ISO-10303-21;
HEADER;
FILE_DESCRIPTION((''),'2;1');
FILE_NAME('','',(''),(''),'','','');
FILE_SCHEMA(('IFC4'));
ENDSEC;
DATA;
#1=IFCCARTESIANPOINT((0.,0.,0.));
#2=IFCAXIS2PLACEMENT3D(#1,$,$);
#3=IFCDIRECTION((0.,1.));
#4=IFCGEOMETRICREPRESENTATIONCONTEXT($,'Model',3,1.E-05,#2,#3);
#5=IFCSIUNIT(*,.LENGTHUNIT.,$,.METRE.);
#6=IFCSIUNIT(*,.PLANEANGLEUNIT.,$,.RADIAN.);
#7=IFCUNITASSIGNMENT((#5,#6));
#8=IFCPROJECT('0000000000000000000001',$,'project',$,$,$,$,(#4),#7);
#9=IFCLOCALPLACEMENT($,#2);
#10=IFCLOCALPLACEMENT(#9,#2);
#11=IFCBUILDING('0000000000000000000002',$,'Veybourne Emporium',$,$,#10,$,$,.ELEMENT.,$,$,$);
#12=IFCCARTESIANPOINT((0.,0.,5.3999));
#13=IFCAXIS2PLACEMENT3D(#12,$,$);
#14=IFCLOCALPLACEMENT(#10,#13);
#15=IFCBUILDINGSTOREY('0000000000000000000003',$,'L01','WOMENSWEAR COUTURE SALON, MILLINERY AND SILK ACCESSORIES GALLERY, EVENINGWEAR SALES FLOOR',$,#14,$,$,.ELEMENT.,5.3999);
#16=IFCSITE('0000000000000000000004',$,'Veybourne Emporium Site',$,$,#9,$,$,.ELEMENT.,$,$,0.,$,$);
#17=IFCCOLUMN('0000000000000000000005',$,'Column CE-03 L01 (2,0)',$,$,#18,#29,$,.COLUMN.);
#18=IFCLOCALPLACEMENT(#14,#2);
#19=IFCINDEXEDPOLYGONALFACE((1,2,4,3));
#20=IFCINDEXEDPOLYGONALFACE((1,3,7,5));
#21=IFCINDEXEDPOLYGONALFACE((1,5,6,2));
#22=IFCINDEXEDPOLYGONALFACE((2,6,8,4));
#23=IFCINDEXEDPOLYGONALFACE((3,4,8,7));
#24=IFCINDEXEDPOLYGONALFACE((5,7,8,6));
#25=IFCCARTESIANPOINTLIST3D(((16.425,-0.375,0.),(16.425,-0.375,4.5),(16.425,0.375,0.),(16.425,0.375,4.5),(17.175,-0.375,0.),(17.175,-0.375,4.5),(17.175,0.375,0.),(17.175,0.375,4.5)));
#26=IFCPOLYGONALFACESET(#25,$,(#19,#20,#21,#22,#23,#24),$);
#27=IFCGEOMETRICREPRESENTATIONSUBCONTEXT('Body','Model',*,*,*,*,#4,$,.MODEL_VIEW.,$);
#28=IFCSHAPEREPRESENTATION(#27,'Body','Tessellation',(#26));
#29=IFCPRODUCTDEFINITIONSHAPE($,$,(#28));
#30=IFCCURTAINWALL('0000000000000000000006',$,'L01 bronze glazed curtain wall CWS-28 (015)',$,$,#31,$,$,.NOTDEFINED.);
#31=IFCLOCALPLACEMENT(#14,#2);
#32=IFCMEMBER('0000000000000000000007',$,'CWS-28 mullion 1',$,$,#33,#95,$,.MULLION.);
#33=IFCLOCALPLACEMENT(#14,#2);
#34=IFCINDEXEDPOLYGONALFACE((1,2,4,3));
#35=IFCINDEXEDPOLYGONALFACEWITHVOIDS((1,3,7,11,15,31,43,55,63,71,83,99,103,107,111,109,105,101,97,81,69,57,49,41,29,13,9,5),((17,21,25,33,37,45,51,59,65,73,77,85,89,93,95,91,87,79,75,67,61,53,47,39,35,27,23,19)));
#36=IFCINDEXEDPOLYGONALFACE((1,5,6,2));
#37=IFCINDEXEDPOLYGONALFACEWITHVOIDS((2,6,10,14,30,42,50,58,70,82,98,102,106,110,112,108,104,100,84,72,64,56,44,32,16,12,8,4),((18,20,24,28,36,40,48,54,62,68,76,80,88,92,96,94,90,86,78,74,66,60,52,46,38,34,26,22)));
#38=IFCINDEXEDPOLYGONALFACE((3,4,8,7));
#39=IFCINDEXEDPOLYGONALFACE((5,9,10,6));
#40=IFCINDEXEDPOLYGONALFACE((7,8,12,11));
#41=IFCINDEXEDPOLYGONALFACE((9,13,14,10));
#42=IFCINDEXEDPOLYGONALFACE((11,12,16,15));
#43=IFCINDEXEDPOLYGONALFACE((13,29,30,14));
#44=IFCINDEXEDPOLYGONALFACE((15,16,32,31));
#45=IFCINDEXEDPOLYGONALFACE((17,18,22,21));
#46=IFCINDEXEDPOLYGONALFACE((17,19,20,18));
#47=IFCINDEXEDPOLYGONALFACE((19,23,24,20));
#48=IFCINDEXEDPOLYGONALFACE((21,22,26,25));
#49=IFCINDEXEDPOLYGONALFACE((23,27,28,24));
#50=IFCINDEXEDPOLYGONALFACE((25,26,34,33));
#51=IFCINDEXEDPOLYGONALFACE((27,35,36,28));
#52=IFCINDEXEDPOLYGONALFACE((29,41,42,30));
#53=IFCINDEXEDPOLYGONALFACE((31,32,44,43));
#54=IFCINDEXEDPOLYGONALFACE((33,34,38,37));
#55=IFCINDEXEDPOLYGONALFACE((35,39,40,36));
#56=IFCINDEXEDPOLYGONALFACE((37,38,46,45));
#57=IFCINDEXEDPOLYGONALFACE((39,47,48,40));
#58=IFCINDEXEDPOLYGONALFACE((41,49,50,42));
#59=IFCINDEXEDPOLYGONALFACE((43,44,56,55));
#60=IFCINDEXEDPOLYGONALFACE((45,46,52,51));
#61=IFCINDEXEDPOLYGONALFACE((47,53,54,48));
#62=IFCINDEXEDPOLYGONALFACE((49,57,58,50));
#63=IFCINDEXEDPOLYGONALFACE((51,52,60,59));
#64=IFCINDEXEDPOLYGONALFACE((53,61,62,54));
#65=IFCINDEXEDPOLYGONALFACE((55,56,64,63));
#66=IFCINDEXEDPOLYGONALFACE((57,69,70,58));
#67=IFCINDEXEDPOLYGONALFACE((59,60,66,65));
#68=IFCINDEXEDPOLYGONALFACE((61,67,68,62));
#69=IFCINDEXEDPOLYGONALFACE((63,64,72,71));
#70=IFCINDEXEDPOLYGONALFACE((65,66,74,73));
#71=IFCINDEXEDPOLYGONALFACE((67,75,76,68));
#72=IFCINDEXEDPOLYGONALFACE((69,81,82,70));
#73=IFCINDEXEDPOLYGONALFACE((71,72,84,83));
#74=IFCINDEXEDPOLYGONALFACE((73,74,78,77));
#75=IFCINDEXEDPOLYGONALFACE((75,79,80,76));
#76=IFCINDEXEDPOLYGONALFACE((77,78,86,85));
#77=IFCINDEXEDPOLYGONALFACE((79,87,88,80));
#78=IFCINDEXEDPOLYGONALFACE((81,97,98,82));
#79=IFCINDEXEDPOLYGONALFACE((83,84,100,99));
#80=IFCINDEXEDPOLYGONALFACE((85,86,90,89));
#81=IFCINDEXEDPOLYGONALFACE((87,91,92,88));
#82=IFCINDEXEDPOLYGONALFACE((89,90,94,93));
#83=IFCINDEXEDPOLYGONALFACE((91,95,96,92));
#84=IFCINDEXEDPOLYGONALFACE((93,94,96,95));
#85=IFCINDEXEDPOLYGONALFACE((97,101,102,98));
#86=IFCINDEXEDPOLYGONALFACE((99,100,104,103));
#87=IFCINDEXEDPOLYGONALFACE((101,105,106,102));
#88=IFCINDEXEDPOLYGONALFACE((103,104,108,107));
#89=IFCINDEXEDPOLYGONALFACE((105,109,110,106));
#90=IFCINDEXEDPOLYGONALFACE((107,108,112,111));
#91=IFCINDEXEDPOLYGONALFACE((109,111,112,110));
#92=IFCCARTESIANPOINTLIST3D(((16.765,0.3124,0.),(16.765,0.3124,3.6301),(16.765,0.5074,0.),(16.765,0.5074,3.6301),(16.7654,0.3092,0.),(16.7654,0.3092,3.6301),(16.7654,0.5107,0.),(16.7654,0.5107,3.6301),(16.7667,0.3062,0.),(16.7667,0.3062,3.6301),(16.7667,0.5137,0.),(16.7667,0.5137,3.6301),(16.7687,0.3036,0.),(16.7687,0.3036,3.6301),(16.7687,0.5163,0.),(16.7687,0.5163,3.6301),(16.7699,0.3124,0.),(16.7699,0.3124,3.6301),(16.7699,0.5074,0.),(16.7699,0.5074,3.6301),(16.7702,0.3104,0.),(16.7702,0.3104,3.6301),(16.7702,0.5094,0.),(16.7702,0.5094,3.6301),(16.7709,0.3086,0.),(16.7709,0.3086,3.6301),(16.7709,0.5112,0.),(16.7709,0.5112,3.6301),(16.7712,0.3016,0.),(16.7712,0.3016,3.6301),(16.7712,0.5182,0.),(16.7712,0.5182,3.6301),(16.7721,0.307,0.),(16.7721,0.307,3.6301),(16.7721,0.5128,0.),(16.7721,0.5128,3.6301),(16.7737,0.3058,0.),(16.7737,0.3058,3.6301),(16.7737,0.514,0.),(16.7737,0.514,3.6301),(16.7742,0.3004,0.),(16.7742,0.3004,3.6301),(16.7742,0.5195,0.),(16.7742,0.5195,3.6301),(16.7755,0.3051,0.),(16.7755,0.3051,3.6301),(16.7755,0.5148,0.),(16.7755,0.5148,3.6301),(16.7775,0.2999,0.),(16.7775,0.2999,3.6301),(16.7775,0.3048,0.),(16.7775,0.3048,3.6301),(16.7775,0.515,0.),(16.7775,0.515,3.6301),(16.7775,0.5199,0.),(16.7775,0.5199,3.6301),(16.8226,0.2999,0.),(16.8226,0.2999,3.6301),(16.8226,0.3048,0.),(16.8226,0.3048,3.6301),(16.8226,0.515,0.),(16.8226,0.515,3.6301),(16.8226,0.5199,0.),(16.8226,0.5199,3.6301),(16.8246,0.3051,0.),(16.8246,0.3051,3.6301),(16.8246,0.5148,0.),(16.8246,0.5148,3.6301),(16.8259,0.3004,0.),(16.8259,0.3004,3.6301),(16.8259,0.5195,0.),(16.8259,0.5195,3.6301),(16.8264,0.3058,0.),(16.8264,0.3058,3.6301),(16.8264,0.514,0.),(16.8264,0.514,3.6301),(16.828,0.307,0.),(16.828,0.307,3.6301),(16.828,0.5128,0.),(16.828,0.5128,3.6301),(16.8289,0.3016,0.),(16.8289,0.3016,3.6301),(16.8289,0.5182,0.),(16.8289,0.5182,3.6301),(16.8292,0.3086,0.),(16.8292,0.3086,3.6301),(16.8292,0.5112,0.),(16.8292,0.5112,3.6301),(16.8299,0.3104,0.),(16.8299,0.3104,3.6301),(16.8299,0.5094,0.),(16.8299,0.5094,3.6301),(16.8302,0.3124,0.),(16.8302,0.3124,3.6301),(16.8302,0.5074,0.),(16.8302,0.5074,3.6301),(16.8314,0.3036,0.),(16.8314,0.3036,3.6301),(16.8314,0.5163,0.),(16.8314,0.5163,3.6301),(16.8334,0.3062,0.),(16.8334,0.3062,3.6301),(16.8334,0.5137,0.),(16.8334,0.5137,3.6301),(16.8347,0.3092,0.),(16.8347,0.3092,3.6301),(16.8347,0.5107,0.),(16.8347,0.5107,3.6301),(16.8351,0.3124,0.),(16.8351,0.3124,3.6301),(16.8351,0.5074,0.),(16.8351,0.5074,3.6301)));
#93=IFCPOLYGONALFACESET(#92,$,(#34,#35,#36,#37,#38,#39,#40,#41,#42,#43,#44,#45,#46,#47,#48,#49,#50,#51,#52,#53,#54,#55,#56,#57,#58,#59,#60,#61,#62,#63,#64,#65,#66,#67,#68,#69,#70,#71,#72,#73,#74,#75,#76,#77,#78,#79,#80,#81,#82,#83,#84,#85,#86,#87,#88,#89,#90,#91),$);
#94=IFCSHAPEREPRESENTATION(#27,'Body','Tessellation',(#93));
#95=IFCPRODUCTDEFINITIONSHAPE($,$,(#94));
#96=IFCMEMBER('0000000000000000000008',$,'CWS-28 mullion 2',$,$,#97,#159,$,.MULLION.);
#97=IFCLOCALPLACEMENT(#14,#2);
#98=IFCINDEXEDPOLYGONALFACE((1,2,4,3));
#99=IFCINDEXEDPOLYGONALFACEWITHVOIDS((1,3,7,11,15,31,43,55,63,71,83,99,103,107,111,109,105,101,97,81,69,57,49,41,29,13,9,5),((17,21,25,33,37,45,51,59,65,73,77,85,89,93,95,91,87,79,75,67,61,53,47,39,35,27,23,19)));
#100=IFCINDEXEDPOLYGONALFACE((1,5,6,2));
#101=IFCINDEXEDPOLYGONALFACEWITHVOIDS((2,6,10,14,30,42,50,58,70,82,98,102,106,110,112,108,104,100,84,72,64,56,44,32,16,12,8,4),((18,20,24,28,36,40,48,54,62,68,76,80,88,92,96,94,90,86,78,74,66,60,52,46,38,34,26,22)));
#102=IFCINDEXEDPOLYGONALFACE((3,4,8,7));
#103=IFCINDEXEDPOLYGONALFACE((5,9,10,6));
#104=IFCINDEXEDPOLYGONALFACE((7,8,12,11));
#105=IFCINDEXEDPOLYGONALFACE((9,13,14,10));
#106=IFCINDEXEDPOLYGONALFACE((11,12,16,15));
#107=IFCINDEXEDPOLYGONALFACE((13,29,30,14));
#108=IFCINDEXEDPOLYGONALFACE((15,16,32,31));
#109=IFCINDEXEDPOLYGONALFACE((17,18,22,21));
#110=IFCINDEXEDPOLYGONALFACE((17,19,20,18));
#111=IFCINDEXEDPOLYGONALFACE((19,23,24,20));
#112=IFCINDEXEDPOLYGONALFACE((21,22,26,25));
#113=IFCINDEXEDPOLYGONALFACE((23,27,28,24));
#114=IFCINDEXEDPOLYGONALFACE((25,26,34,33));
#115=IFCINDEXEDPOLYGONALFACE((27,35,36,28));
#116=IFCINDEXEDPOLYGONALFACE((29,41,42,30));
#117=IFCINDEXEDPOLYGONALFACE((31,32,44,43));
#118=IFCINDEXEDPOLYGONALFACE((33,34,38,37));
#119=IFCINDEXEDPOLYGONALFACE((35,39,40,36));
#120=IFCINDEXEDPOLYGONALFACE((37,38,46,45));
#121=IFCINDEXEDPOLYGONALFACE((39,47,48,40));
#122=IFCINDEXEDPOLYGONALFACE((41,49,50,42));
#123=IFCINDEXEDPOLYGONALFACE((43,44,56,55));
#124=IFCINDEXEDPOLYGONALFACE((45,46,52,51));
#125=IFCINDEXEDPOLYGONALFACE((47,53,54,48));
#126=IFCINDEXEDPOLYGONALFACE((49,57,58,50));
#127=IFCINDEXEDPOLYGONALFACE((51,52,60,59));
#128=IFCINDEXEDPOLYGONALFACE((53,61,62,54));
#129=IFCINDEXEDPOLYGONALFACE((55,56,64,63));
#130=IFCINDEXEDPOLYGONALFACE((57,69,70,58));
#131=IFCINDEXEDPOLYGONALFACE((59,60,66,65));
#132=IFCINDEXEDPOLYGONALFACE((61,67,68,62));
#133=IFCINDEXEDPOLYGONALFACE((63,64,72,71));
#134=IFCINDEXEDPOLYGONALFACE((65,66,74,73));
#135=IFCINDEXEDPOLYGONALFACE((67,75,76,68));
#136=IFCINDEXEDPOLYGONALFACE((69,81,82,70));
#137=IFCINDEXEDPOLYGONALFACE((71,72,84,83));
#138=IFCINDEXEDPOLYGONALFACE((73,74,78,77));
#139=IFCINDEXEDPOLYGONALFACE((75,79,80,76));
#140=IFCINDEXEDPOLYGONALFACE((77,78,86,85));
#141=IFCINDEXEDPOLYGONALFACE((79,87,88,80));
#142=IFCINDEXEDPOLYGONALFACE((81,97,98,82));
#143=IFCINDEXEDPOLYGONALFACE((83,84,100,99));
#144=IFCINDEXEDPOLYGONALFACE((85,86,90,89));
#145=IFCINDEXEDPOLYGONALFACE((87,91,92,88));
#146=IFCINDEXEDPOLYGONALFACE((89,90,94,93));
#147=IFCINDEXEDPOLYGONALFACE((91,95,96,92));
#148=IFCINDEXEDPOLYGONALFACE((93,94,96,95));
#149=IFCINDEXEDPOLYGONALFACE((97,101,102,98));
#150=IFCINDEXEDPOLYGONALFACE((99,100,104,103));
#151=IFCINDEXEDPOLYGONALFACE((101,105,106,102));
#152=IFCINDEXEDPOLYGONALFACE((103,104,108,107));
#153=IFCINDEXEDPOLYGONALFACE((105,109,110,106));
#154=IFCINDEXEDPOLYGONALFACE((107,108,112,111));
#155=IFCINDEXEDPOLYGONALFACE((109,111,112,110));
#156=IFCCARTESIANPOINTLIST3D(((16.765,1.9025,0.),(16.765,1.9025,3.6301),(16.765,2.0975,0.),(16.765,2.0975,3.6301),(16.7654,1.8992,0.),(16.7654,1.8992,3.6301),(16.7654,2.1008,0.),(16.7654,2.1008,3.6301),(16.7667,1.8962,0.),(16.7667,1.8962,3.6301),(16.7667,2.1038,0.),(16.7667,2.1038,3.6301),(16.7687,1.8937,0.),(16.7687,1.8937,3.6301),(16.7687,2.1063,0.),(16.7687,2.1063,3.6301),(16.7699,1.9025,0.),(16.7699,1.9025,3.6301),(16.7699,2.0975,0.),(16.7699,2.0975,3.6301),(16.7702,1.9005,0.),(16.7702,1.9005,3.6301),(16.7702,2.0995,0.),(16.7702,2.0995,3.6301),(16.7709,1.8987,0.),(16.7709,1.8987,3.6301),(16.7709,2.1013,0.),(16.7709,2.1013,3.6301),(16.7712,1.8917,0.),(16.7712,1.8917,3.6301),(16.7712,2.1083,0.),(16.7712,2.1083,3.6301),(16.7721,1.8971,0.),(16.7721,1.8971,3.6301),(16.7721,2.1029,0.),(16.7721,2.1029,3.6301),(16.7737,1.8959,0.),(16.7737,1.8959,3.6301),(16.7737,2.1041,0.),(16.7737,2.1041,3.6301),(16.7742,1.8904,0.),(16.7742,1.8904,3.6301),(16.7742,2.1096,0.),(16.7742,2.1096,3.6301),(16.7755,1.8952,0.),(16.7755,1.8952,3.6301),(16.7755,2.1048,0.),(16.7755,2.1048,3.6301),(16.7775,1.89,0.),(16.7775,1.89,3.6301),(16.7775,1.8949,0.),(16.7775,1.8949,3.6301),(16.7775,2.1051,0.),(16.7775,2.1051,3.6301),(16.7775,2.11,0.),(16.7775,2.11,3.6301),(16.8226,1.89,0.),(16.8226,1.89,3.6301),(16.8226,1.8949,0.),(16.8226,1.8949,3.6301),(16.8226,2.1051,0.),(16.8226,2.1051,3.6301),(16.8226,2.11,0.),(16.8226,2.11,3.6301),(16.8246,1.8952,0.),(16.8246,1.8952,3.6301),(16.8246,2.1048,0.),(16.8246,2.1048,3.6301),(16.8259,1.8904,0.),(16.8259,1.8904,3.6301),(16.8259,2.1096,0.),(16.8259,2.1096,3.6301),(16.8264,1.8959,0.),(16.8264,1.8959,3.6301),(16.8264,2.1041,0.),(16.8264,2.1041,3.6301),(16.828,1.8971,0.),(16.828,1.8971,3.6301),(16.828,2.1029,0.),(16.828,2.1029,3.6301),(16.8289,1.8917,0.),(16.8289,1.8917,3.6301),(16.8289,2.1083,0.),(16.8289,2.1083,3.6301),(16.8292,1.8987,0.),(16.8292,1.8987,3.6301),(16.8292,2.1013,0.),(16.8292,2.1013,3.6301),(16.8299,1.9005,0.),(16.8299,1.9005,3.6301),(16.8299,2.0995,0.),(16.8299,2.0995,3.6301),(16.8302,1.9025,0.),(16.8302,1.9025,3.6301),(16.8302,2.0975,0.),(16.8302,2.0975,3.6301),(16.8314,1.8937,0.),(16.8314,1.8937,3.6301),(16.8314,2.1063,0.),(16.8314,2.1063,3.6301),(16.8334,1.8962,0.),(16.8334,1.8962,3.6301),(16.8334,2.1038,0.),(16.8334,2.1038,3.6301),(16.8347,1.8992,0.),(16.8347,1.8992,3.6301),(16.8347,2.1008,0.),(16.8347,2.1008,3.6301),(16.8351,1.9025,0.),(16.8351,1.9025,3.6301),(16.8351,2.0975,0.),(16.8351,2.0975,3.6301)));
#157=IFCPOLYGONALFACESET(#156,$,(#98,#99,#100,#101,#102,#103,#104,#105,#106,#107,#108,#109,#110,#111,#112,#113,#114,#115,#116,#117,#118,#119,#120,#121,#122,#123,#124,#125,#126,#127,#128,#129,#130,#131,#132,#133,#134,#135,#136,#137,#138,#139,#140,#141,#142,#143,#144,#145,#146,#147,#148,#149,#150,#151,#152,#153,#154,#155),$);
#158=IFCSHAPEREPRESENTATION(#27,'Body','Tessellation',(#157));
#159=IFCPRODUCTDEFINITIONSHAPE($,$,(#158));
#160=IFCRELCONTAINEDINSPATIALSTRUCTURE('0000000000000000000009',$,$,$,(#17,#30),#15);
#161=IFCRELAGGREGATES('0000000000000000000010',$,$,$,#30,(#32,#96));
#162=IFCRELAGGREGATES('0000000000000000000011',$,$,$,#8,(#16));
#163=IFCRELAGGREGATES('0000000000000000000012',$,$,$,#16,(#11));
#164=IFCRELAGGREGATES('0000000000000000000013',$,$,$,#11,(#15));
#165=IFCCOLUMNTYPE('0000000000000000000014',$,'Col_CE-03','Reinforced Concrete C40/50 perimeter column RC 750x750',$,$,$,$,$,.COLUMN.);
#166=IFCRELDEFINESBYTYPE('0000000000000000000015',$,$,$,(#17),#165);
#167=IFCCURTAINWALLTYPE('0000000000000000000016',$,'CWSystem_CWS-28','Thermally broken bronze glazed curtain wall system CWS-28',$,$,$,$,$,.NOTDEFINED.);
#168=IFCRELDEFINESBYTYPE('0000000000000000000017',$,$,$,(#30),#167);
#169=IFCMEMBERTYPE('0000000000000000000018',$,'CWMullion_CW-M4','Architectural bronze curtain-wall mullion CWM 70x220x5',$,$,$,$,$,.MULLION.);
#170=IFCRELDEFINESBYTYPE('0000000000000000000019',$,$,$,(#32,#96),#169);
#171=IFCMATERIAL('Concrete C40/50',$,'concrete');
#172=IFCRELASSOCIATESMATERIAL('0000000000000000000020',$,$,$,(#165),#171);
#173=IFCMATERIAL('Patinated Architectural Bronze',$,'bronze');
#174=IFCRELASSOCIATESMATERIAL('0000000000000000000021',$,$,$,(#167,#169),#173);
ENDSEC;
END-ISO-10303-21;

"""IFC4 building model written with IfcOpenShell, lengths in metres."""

from ifc_helpers import new_model, si_unit, direction, frame, origin, origin_2d, place, context, subcontext, project, spatial, rectangle, hollow_rectangle, extrude, material, material_profile, profile_set, type_object, element, aggregate, save


model = new_model("IFC4")

# Units and contexts
model_context = context("Model", 3, precision=1e-05, world=origin(), true_north=direction((0.0, 1.0)))
body_context = subcontext(model_context, "Body", "Model", "MODEL_VIEW")
ifc_project = project(units=[si_unit("LENGTHUNIT", "METRE"), si_unit("PLANEANGLEUNIT", "RADIAN")], contexts=[model_context])

# Site, building, storey
site_placement = place(None, origin())
site = spatial("IfcSite", under=ifc_project, at=site_placement, Name="Veybourne Emporium Site", CompositionType="ELEMENT", RefElevation=0.0)
building_placement = place(site_placement, origin())
building = spatial("IfcBuilding", under=site, at=building_placement, Name="Veybourne Emporium", CompositionType="ELEMENT")
storey_placement = place(building_placement, frame((0.0, 0.0, 5.3999)))
storey = spatial("IfcBuildingStorey", under=building, at=storey_placement, Name="L01", Description="WOMENSWEAR COUTURE SALON, MILLINERY AND SILK ACCESSORIES GALLERY, EVENINGWEAR SALES FLOOR", CompositionType="ELEMENT", Elevation=5.3999)

# Column
ifc_material_1 = material(Name="Concrete C40/50", Category="concrete")
ifc_material_profile_1 = material_profile(ifc_material_1, rectangle(XDim=0.75, YDim=0.75, at=origin_2d()), Name="RC 750x750")
ifc_profile_set_1 = profile_set([ifc_material_profile_1], Name="Concrete C40/50")
column_type = type_object("IfcColumnType", Name="Col_CE-03", Description="Reinforced Concrete C40/50 perimeter column RC 750x750", PredefinedType="COLUMN", material=ifc_profile_set_1)
column_placement = place(storey_placement, frame((16.8, 0.0, 0.0), z_axis=(0.0, 0.0, 1.0), x_axis=(1.0, 0.0, 0.0)))
element("IfcColumn", 1, at=column_placement, inside=storey, type_object=column_type, Name="Column CE-03 L01 (2,0)", PredefinedType="COLUMN", context=body_context, shape_type="SweptSolid", body=[
    extrude(rectangle(XDim=0.75, YDim=0.75, at=origin_2d()), origin(), (0.0, 0.0, 1.0), 4.5),
])

# Curtain wall, members
ifc_material_2 = material(Name="Patinated Architectural Bronze", Category="bronze")
curtain_wall_type_1 = type_object("IfcCurtainWallType", Name="CWSystem_CWS-28", Description="Thermally broken bronze glazed curtain wall system CWS-28", PredefinedType="NOTDEFINED", material=ifc_material_2)
curtain_wall_1_placement = place(storey_placement, origin())
curtain_wall_1 = element("IfcCurtainWall", 2, at=curtain_wall_1_placement, inside=storey, type_object=curtain_wall_type_1, Name="L01 bronze glazed curtain wall CWS-28 (015)", PredefinedType="NOTDEFINED")
ifc_material_profile_2 = material_profile(ifc_material_2, hollow_rectangle(XDim=0.0701, YDim=0.22, WallThickness=0.0049, InnerFilletRadius=0.0076, OuterFilletRadius=0.0125, at=origin_2d()), Name="CWM 70x220x5")
ifc_profile_set_2 = profile_set([ifc_material_profile_2], Name="Patinated Architectural Bronze")
member_type_1 = type_object("IfcMemberType", Name="CWMullion_CW-M4", Description="Architectural bronze curtain-wall mullion CWM 70x220x5", PredefinedType="MULLION", material=ifc_profile_set_2)
member_1_placement = place(storey_placement, frame((16.8, 0.4099, 0.0), z_axis=(0.0, 0.0, 1.0), x_axis=(-1.0, 0.0, 0.0)))
member_1 = element("IfcMember", 3, at=member_1_placement, type_object=member_type_1, Name="CWS-28 mullion 1", PredefinedType="MULLION", context=body_context, shape_type="SweptSolid", body=[
    extrude(hollow_rectangle(XDim=0.0701, YDim=0.22, WallThickness=0.0049, InnerFilletRadius=0.0076, OuterFilletRadius=0.0125, at=origin_2d()), origin(), (0.0, 0.0, 1.0), 3.6301),
])
member_2_placement = place(storey_placement, frame((16.8, 2.0, 0.0), z_axis=(0.0, 0.0, 1.0), x_axis=(-1.0, 0.0, 0.0)))
member_2 = element("IfcMember", 4, at=member_2_placement, type_object=member_type_1, Name="CWS-28 mullion 2", PredefinedType="MULLION", context=body_context, shape_type="SweptSolid", body=[
    extrude(hollow_rectangle(XDim=0.0701, YDim=0.22, WallThickness=0.0049, InnerFilletRadius=0.0076, OuterFilletRadius=0.0125, at=origin_2d()), origin(), (0.0, 0.0, 1.0), 3.6301),
])

aggregate(curtain_wall_1, [member_1, member_2])

save(model, "model.ifc")
